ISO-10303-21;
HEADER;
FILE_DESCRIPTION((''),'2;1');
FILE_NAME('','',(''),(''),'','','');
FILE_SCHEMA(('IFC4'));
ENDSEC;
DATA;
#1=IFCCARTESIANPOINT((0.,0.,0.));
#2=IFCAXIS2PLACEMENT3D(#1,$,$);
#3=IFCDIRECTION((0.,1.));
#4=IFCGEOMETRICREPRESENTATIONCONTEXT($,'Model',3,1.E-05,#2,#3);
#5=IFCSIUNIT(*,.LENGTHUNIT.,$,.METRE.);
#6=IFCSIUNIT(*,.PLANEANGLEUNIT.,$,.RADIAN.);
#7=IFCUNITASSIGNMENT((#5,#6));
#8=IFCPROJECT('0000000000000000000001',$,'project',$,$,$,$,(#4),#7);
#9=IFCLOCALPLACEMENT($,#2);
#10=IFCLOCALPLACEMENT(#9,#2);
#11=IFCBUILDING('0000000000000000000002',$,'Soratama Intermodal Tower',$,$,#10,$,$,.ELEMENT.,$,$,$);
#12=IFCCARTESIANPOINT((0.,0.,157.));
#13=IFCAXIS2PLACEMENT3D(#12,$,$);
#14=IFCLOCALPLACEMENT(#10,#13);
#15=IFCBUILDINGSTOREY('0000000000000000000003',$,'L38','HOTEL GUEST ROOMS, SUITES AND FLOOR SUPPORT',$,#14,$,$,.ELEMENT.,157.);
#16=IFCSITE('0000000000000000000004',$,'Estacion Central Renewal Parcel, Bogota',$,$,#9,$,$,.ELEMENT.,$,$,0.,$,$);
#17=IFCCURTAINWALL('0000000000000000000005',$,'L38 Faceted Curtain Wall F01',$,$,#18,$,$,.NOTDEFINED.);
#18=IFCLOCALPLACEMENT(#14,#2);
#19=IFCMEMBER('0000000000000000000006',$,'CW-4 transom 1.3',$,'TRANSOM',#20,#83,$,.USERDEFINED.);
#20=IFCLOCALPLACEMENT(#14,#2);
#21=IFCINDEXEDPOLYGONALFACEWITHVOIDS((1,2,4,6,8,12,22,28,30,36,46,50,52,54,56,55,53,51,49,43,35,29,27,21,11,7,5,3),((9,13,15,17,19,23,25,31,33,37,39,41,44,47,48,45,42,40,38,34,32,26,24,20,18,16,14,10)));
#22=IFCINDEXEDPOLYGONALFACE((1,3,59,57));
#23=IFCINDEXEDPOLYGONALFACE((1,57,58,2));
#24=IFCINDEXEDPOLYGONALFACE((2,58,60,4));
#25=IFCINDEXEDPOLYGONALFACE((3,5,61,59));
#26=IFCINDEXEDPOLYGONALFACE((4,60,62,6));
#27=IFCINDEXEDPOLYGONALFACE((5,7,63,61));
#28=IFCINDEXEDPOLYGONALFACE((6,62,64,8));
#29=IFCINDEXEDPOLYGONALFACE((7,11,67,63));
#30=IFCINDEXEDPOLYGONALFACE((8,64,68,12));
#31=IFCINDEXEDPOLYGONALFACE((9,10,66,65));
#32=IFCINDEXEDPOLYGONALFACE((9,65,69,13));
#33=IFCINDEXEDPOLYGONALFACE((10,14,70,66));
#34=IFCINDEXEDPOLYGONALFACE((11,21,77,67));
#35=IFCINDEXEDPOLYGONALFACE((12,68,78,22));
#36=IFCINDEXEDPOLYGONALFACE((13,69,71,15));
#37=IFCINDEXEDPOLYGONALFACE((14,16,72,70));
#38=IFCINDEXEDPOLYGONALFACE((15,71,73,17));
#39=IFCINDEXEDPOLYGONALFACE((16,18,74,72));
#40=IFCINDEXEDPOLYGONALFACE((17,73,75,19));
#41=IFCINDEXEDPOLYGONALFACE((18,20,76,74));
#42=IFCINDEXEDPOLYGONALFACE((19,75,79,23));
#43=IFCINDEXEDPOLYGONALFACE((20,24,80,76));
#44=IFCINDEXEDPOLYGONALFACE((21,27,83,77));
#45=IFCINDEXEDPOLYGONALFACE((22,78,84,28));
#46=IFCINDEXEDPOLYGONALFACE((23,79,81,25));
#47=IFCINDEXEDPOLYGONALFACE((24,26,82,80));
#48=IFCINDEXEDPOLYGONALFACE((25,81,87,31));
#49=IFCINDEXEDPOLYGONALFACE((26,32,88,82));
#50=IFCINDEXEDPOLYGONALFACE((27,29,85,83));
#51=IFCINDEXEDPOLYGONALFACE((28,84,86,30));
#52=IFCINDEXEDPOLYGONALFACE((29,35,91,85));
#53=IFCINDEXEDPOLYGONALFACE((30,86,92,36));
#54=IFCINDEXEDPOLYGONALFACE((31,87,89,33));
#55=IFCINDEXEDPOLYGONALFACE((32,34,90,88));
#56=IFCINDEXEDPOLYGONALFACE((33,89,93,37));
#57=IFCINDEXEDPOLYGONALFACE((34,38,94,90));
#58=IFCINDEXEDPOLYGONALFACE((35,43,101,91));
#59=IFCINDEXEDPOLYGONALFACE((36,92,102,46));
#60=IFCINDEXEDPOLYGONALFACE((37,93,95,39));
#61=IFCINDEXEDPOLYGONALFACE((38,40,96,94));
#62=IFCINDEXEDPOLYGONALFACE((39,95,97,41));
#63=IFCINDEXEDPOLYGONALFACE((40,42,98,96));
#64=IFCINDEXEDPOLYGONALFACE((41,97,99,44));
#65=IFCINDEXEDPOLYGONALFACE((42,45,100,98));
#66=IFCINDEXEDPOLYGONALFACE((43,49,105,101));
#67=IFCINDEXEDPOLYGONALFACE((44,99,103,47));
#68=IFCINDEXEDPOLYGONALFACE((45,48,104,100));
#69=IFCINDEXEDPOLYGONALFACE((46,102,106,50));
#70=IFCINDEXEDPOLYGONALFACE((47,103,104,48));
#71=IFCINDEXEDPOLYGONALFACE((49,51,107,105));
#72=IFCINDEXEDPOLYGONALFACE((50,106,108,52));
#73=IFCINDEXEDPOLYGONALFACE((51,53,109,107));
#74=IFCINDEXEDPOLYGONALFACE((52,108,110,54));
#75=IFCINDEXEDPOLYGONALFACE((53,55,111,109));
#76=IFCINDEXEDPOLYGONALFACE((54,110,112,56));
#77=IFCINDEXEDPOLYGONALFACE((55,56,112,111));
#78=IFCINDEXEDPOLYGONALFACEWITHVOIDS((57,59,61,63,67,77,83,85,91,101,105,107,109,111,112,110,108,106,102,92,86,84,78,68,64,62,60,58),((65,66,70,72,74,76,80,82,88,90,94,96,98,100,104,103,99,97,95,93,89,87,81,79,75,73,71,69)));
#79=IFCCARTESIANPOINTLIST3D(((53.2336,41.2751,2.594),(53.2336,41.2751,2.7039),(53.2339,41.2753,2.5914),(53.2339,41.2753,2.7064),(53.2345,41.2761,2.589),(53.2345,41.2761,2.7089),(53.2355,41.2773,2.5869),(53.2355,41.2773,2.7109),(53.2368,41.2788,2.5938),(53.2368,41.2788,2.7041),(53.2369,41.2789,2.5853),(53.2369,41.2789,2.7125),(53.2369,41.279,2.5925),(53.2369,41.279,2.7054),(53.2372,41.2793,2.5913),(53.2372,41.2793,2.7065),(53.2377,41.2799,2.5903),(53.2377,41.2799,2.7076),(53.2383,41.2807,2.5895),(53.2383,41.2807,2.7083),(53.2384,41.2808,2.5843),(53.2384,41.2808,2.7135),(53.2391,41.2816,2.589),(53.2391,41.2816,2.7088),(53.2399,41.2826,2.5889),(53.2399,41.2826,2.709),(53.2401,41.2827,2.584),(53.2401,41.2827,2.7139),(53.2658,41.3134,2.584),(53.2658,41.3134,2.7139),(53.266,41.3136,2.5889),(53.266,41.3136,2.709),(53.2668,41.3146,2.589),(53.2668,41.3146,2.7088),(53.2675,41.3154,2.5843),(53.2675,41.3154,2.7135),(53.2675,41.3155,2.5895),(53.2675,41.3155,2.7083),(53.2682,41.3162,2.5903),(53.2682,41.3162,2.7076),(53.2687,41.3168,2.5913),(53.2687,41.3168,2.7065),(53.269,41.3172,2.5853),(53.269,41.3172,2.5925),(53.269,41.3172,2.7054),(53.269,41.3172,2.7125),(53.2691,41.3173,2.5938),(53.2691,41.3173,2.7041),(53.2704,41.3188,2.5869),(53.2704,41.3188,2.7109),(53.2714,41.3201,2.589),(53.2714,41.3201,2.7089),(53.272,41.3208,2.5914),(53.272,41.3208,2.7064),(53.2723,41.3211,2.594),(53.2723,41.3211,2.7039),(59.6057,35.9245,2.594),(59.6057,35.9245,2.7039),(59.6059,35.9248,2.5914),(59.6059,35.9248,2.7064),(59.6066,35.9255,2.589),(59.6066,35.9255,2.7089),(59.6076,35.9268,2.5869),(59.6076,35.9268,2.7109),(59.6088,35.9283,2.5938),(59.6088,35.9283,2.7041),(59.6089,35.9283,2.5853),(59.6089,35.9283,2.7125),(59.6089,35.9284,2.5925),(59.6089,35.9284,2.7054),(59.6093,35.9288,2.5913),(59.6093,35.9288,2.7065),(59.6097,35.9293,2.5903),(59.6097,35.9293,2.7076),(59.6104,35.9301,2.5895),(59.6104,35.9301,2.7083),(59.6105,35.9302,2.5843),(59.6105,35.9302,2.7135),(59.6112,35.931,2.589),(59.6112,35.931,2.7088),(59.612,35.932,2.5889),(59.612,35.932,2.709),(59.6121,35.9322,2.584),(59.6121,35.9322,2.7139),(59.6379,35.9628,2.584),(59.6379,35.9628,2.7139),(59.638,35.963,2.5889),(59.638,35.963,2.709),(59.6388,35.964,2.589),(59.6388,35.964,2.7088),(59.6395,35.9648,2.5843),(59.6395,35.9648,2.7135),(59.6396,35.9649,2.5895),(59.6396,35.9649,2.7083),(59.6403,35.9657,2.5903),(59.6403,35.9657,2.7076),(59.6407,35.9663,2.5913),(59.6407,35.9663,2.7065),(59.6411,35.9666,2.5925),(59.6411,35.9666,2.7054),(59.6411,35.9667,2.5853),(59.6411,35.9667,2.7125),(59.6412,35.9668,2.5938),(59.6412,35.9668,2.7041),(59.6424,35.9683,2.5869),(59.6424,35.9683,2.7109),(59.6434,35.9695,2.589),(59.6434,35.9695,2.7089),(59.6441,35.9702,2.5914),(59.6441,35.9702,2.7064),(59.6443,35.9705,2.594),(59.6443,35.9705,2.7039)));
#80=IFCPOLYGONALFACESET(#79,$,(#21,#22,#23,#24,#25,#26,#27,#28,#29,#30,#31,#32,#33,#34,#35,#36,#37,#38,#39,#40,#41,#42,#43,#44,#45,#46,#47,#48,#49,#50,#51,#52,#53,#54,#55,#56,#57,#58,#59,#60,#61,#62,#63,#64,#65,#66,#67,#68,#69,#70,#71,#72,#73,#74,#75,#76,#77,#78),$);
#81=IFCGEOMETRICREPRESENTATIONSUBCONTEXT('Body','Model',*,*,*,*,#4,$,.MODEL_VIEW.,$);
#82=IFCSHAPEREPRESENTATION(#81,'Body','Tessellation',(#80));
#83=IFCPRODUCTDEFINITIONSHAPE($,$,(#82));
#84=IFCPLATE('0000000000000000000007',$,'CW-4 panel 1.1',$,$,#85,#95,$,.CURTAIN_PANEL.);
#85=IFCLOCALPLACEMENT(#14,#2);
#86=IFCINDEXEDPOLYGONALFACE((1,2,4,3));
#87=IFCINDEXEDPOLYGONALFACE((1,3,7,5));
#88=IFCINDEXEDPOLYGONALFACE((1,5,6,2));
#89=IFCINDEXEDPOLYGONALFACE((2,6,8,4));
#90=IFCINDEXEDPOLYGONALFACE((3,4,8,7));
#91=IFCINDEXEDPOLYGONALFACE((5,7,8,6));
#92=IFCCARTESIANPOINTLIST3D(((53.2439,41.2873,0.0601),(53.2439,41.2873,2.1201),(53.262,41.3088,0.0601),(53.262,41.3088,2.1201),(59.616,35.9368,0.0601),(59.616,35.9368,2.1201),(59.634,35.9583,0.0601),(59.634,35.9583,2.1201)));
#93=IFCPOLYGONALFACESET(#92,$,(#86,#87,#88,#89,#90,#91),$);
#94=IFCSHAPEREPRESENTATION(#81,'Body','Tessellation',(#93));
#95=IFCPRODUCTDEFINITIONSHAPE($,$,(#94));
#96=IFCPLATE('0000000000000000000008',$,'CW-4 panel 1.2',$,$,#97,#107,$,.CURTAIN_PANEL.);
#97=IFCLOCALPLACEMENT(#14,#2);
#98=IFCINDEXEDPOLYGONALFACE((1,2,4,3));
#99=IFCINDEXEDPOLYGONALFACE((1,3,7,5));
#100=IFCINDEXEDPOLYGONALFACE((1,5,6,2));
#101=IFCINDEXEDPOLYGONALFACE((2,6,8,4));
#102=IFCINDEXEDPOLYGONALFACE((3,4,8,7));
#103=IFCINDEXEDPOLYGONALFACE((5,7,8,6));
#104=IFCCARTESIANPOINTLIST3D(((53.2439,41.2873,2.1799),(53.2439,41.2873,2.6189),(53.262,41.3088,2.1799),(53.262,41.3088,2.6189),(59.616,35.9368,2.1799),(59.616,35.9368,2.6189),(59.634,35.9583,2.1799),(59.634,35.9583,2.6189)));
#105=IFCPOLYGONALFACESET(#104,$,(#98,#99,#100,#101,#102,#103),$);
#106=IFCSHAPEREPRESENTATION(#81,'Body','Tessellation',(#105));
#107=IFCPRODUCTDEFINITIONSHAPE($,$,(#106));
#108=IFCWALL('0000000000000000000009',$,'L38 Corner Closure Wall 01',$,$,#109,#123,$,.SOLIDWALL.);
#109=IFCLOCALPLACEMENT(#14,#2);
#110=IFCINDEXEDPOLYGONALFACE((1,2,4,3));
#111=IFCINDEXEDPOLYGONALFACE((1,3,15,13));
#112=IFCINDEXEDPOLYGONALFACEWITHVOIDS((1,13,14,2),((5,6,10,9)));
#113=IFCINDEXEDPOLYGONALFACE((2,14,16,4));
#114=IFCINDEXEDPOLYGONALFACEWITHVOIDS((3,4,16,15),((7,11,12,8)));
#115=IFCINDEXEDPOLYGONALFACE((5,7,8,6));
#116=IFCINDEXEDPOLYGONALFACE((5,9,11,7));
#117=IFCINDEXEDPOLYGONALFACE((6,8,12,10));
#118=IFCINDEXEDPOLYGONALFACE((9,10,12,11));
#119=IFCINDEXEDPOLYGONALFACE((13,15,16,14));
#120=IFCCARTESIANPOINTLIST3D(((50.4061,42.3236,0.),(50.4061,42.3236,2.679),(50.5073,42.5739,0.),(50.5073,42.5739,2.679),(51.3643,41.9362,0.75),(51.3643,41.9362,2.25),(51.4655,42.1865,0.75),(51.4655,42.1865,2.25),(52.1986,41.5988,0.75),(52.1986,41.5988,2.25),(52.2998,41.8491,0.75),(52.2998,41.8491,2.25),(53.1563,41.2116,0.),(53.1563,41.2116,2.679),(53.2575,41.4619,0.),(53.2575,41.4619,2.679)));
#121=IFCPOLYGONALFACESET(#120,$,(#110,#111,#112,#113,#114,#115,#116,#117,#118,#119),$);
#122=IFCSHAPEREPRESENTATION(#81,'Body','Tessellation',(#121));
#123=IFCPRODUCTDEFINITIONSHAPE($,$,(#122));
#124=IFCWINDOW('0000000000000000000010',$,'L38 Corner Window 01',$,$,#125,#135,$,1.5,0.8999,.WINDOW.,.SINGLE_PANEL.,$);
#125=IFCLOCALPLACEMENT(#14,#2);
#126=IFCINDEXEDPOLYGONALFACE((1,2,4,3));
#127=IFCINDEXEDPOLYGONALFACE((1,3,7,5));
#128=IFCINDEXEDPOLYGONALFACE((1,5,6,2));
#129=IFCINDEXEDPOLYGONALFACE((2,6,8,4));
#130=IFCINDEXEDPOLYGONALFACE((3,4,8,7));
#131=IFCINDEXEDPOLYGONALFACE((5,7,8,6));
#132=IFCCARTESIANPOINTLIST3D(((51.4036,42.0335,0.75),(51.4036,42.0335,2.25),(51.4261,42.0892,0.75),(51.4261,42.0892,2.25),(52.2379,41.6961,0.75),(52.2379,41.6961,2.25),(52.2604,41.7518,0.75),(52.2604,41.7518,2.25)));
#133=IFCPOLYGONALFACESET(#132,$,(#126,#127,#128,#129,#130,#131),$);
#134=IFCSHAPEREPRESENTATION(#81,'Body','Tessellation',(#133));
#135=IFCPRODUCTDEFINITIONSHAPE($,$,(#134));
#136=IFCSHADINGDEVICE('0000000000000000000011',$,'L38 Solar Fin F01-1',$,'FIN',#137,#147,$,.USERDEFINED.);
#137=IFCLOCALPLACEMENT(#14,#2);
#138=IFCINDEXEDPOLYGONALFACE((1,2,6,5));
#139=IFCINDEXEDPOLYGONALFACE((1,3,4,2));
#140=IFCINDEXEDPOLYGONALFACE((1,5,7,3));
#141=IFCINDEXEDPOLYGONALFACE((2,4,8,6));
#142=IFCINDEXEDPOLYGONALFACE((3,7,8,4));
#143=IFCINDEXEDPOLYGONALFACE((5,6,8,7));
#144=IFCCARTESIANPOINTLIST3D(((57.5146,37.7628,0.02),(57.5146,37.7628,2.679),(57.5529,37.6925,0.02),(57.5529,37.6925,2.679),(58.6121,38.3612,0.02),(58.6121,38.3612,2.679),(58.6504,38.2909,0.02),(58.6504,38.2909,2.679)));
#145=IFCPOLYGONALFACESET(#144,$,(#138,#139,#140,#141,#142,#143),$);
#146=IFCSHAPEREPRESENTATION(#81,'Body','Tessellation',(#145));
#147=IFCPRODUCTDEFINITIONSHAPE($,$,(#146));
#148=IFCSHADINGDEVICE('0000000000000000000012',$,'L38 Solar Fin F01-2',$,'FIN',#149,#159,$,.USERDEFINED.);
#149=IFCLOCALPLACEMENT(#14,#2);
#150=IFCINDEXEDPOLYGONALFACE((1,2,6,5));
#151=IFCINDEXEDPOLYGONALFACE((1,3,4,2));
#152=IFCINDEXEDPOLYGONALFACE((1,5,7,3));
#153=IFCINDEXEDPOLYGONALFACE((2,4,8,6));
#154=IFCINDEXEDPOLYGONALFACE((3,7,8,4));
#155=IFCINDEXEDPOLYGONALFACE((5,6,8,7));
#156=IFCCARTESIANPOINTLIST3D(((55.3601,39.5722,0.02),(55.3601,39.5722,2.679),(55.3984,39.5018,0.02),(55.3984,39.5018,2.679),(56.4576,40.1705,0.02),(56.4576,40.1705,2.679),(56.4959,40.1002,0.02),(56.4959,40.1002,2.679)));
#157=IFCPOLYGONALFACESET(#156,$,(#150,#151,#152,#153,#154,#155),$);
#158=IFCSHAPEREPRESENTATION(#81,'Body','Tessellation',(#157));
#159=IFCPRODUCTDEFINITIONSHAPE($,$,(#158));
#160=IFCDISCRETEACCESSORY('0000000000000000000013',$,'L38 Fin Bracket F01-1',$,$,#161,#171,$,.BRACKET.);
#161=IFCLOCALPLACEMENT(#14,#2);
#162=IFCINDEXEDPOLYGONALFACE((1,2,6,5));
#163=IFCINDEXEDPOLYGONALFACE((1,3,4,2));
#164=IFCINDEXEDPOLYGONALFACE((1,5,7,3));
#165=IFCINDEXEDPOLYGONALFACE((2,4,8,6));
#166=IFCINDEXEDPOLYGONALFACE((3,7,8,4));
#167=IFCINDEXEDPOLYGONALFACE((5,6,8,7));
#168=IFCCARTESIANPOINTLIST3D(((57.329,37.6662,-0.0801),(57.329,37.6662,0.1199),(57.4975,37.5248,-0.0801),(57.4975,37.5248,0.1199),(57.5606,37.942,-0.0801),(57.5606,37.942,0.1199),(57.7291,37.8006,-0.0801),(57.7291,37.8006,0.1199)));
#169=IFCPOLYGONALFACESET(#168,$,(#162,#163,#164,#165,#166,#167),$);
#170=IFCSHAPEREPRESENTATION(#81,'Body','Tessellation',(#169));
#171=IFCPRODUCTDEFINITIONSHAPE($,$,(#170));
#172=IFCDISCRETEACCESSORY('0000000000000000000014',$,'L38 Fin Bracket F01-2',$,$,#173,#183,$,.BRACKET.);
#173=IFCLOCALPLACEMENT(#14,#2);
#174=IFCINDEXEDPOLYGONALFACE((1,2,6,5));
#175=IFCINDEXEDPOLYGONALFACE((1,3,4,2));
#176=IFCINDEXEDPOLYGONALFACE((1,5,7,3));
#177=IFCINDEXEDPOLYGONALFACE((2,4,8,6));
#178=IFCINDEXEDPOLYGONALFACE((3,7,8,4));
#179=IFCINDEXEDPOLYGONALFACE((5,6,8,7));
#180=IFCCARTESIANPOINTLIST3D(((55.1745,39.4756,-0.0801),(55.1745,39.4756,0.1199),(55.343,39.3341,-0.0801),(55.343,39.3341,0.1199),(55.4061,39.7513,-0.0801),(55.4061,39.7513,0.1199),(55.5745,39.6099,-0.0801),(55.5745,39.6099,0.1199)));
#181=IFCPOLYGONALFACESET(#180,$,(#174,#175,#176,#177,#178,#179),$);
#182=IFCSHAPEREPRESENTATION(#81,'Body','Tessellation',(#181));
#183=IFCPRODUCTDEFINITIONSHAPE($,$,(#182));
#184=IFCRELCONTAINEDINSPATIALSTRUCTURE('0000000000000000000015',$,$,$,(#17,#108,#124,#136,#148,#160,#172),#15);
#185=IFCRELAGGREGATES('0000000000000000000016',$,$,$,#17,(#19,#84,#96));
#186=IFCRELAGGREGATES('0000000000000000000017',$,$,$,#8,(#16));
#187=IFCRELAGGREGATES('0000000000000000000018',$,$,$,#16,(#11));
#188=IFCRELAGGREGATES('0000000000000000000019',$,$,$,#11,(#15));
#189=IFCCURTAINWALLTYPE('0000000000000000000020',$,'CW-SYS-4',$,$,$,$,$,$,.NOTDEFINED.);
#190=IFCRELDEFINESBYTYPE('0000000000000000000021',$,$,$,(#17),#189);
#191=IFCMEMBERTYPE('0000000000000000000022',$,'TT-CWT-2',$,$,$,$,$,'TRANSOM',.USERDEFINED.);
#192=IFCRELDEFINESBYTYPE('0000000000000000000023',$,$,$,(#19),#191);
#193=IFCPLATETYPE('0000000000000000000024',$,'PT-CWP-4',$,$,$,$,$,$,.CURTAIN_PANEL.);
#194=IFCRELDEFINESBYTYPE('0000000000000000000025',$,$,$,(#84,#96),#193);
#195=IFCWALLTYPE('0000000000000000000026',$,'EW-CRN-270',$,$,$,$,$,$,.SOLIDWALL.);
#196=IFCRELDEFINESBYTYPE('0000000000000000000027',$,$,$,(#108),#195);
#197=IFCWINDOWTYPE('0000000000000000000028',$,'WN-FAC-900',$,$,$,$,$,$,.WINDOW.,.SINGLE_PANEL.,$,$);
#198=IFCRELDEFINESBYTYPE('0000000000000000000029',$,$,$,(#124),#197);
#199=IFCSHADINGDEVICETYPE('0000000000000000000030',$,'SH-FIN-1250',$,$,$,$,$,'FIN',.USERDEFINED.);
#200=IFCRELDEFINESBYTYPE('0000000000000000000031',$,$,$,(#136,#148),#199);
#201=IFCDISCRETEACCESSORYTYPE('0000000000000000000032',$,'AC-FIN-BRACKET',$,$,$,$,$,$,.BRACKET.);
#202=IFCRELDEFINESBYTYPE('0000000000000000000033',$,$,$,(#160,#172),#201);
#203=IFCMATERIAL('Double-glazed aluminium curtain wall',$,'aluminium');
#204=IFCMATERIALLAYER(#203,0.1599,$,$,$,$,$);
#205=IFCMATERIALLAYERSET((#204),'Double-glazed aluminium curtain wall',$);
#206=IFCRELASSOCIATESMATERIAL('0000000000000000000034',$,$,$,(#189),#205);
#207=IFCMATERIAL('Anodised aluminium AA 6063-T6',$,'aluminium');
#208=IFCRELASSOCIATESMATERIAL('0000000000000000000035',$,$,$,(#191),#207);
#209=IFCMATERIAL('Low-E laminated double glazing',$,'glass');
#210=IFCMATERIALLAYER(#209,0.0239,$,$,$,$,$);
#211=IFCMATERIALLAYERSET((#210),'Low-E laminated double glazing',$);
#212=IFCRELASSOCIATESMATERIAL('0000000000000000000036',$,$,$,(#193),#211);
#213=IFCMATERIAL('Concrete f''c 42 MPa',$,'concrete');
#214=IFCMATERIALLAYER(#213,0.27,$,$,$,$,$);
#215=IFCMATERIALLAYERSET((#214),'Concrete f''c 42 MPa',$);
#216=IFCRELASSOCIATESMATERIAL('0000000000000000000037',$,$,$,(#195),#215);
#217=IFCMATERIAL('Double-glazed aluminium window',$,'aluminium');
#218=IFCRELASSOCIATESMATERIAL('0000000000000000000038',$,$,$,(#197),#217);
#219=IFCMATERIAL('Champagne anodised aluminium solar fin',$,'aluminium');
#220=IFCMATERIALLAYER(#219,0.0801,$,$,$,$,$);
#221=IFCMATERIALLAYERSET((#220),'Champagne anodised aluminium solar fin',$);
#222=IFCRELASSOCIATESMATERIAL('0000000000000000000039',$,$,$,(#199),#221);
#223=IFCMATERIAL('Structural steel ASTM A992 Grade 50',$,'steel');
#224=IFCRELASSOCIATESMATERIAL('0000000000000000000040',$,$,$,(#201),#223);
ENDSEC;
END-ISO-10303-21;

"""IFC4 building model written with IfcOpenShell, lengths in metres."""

from ifc_helpers import new_model, si_unit, direction, frame, frame_2d, origin, origin_2d, place, context, subcontext, project, spatial, rectangle, hollow_rectangle, extrude, material, layer, layer_set, material_profile, profile_set, type_object, element, fill, aggregate, save


model = new_model("IFC4")

# Units and contexts
model_context = context("Model", 3, precision=1e-05, world=origin(), true_north=direction((0.0, 1.0)))
body_context = subcontext(model_context, "Body", "Model", "MODEL_VIEW")
ifc_project = project(units=[si_unit("LENGTHUNIT", "METRE"), si_unit("PLANEANGLEUNIT", "RADIAN")], contexts=[model_context])

# Site, building, storey
site_placement = place(None, origin())
site = spatial("IfcSite", under=ifc_project, at=site_placement, Name="Estacion Central Renewal Parcel, Bogota", CompositionType="ELEMENT", RefElevation=0.0)
building_placement = place(site_placement, origin())
building = spatial("IfcBuilding", under=site, at=building_placement, Name="Soratama Intermodal Tower", CompositionType="ELEMENT")
storey_placement = place(building_placement, frame((0.0, 0.0, 157.0)))
storey = spatial("IfcBuildingStorey", under=building, at=storey_placement, Name="L38", Description="HOTEL GUEST ROOMS, SUITES AND FLOOR SUPPORT", CompositionType="ELEMENT", Elevation=157.0)

# Curtain wall, member, plates
ifc_material_1 = material(Name="Double-glazed aluminium curtain wall", Category="aluminium")
ifc_layer_1 = layer(ifc_material_1, 0.1599)
ifc_layer_set_1 = layer_set([ifc_layer_1], Name="Double-glazed aluminium curtain wall")
curtain_wall_type = type_object("IfcCurtainWallType", Name="CW-SYS-4", PredefinedType="NOTDEFINED", material=ifc_layer_set_1)
curtain_wall_placement = place(storey_placement, origin())
curtain_wall = element("IfcCurtainWall", 1, at=curtain_wall_placement, inside=storey, type_object=curtain_wall_type, Name="L38 Faceted Curtain Wall F01", PredefinedType="NOTDEFINED")
ifc_material_2 = material(Name="Anodised aluminium AA 6063-T6", Category="aluminium")
ifc_material_profile_1 = material_profile(ifc_material_2, hollow_rectangle(XDim=0.0601, YDim=0.1299, WallThickness=0.0049, InnerFilletRadius=0.0049, OuterFilletRadius=0.01, at=origin_2d()), Name="CWT130X60X5")
ifc_profile_set_1 = profile_set([ifc_material_profile_1], Name="Anodised aluminium AA 6063-T6")
member_type_1 = type_object("IfcMemberType", Name="TT-CWT-2", ElementType="TRANSOM", PredefinedType="USERDEFINED", material=ifc_profile_set_1)
member_1_placement = place(storey_placement, frame((59.625, 35.9475, 2.6489), z_axis=(-0.76582, 0.643054, 0.0), x_axis=(-0.643054, -0.76582, 0.0)))
member_1 = element("IfcMember", 2, at=member_1_placement, type_object=member_type_1, Name="CW-4 transom 1.3", ObjectType="TRANSOM", PredefinedType="USERDEFINED", context=body_context, shape_type="SweptSolid", body=[
    extrude(hollow_rectangle(XDim=0.0601, YDim=0.1299, WallThickness=0.0049, InnerFilletRadius=0.0049, OuterFilletRadius=0.01, at=origin_2d()), origin(), (0.0, 0.0, 1.0), 8.3206),
])
ifc_material_3 = material(Name="Low-E laminated double glazing", Category="glass")
ifc_layer_2 = layer(ifc_material_3, 0.0239)
ifc_layer_set_2 = layer_set([ifc_layer_2], Name="Low-E laminated double glazing")
plate_type = type_object("IfcPlateType", Name="PT-CWP-4", PredefinedType="CURTAIN_PANEL", material=ifc_layer_set_2)
plate_1_placement = place(storey_placement, frame((56.439, 38.6228, 0.0601), z_axis=(0.0, 0.0, 1.0), x_axis=(-0.76582, 0.643055, 0.0)))
plate_1 = element("IfcPlate", 3, at=plate_1_placement, type_object=plate_type, Name="CW-4 panel 1.1", PredefinedType="CURTAIN_PANEL", context=body_context, shape_type="SweptSolid", body=[
    extrude(rectangle(XDim=8.3206, YDim=0.0281, at=origin_2d()), origin(), (0.0, 0.0, 1.0), 2.0601),
])
plate_2_placement = place(storey_placement, frame((56.439, 38.6228, 2.1799), z_axis=(0.0, 0.0, 1.0), x_axis=(-0.76582, 0.643055, 0.0)))
plate_2 = element("IfcPlate", 4, at=plate_2_placement, type_object=plate_type, Name="CW-4 panel 1.2", PredefinedType="CURTAIN_PANEL", context=body_context, shape_type="SweptSolid", body=[
    extrude(rectangle(XDim=8.3206, YDim=0.0281, at=origin_2d()), origin(), (0.0, 0.0, 1.0), 0.439),
])
aggregate(curtain_wall, [member_1, plate_1, plate_2])

# Wall, opening, window
ifc_material_4 = material(Name="Concrete f'c 42 MPa", Category="concrete")
ifc_layer_3 = layer(ifc_material_4, 0.27)
ifc_layer_set_3 = layer_set([ifc_layer_3], Name="Concrete f'c 42 MPa")
wall_type = type_object("IfcWallType", Name="EW-CRN-270", PredefinedType="SOLIDWALL", material=ifc_layer_set_3)
wall_placement = place(storey_placement, frame((53.207, 41.3367, 0.0), z_axis=(0.0, 0.0, 1.0), x_axis=(-0.92708, 0.374864, 0.0)))
wall = element("IfcWall", 5, at=wall_placement, inside=storey, type_object=wall_type, Name="L38 Corner Closure Wall 01", PredefinedType="SOLIDWALL", context=body_context, shape_type="SweptSolid", body=[
    extrude(rectangle(XDim=2.9666, YDim=0.27, at=frame_2d((1.4834, 0.0))), origin(), (0.0, 0.0, 1.0), 2.679),
])
opening_placement = place(wall_placement, frame((1.0332, 0.0, 0.75)))
opening = element("IfcOpeningElement", 6, at=opening_placement, cuts=wall, PredefinedType="OPENING", context=body_context, shape_type="SweptSolid", body=[
    extrude(rectangle(XDim=0.8999, YDim=1.5, at=frame_2d((0.45, 0.75))), frame((0.0, 0.145, 0.0), z_axis=(0.0, -1.0, 0.0), x_axis=(1.0, 0.0, 0.0)), (0.0, 0.0, 1.0), 0.29),
])
ifc_material_5 = material(Name="Double-glazed aluminium window", Category="aluminium")
window_type = type_object("IfcWindowType", Name="WN-FAC-900", PartitioningType="SINGLE_PANEL", PredefinedType="WINDOW", material=ifc_material_5)
window_placement = place(opening_placement, origin())
window = element("IfcWindow", 7, at=window_placement, inside=storey, type_object=window_type, Name="L38 Corner Window 01", OverallHeight=1.5, OverallWidth=0.8999, PartitioningType="SINGLE_PANEL", PredefinedType="WINDOW", context=body_context, shape_type="SweptSolid", body=[
    extrude(rectangle(XDim=0.8999, YDim=1.5, at=frame_2d((0.45, 0.75))), frame((0.0, 0.03, 0.0), z_axis=(0.0, -1.0, 0.0), x_axis=(1.0, 0.0, 0.0)), (0.0, 0.0, 1.0), 0.0601),
])
fill(opening, window)

# Shading devices
ifc_material_6 = material(Name="Champagne anodised aluminium solar fin", Category="aluminium")
ifc_layer_4 = layer(ifc_material_6, 0.0801)
ifc_layer_set_4 = layer_set([ifc_layer_4], Name="Champagne anodised aluminium solar fin")
shading_device_type = type_object("IfcShadingDeviceType", Name="SH-FIN-1250", ElementType="FIN", PredefinedType="USERDEFINED", material=ifc_layer_set_4)
for number, where, z_axis, x_axis, name in (
    (8, (58.0825, 38.0269, 0.02), (0.0, 0.0, 1.0), (0.877983, 0.478692, 0.0), "L38 Solar Fin F01-1"),
    (9, (55.928, 39.8362, 0.02), (0.0, 0.0, 1.0), (0.877983, 0.478692, 0.0), "L38 Solar Fin F01-2"),
):
    element("IfcShadingDevice", number, at=place(storey_placement, frame(where, z_axis=z_axis, x_axis=x_axis)), inside=storey, type_object=shading_device_type, Name=name, ObjectType="FIN", PredefinedType="USERDEFINED", context=body_context, shape_type="SweptSolid", body=[
        extrude(rectangle(XDim=1.25, YDim=0.0801, at=origin_2d()), origin(), (0.0, 0.0, 1.0), 2.6589),
    ])

# Discrete accessories
ifc_material_7 = material(Name="Structural steel ASTM A992 Grade 50", Category="steel")
discrete_accessory_type = type_object("IfcDiscreteAccessoryType", Name="AC-FIN-BRACKET", PredefinedType="BRACKET", material=ifc_material_7)
for number, where, z_axis, x_axis, name in (
    (10, (57.5291, 37.7334, -0.0801), (0.0, 0.0, 1.0), (0.643055, 0.76582, 0.0), "L38 Fin Bracket F01-1"),
    (11, (55.3745, 39.5427, -0.0801), (0.0, 0.0, 1.0), (0.643055, 0.76582, 0.0), "L38 Fin Bracket F01-2"),
):
    element("IfcDiscreteAccessory", number, at=place(storey_placement, frame(where, z_axis=z_axis, x_axis=x_axis)), inside=storey, type_object=discrete_accessory_type, Name=name, PredefinedType="BRACKET", context=body_context, shape_type="SweptSolid", body=[
        extrude(rectangle(XDim=0.3601, YDim=0.22, at=origin_2d()), origin(), (0.0, 0.0, 1.0), 0.2),
    ])

save(model, "model.ifc")
